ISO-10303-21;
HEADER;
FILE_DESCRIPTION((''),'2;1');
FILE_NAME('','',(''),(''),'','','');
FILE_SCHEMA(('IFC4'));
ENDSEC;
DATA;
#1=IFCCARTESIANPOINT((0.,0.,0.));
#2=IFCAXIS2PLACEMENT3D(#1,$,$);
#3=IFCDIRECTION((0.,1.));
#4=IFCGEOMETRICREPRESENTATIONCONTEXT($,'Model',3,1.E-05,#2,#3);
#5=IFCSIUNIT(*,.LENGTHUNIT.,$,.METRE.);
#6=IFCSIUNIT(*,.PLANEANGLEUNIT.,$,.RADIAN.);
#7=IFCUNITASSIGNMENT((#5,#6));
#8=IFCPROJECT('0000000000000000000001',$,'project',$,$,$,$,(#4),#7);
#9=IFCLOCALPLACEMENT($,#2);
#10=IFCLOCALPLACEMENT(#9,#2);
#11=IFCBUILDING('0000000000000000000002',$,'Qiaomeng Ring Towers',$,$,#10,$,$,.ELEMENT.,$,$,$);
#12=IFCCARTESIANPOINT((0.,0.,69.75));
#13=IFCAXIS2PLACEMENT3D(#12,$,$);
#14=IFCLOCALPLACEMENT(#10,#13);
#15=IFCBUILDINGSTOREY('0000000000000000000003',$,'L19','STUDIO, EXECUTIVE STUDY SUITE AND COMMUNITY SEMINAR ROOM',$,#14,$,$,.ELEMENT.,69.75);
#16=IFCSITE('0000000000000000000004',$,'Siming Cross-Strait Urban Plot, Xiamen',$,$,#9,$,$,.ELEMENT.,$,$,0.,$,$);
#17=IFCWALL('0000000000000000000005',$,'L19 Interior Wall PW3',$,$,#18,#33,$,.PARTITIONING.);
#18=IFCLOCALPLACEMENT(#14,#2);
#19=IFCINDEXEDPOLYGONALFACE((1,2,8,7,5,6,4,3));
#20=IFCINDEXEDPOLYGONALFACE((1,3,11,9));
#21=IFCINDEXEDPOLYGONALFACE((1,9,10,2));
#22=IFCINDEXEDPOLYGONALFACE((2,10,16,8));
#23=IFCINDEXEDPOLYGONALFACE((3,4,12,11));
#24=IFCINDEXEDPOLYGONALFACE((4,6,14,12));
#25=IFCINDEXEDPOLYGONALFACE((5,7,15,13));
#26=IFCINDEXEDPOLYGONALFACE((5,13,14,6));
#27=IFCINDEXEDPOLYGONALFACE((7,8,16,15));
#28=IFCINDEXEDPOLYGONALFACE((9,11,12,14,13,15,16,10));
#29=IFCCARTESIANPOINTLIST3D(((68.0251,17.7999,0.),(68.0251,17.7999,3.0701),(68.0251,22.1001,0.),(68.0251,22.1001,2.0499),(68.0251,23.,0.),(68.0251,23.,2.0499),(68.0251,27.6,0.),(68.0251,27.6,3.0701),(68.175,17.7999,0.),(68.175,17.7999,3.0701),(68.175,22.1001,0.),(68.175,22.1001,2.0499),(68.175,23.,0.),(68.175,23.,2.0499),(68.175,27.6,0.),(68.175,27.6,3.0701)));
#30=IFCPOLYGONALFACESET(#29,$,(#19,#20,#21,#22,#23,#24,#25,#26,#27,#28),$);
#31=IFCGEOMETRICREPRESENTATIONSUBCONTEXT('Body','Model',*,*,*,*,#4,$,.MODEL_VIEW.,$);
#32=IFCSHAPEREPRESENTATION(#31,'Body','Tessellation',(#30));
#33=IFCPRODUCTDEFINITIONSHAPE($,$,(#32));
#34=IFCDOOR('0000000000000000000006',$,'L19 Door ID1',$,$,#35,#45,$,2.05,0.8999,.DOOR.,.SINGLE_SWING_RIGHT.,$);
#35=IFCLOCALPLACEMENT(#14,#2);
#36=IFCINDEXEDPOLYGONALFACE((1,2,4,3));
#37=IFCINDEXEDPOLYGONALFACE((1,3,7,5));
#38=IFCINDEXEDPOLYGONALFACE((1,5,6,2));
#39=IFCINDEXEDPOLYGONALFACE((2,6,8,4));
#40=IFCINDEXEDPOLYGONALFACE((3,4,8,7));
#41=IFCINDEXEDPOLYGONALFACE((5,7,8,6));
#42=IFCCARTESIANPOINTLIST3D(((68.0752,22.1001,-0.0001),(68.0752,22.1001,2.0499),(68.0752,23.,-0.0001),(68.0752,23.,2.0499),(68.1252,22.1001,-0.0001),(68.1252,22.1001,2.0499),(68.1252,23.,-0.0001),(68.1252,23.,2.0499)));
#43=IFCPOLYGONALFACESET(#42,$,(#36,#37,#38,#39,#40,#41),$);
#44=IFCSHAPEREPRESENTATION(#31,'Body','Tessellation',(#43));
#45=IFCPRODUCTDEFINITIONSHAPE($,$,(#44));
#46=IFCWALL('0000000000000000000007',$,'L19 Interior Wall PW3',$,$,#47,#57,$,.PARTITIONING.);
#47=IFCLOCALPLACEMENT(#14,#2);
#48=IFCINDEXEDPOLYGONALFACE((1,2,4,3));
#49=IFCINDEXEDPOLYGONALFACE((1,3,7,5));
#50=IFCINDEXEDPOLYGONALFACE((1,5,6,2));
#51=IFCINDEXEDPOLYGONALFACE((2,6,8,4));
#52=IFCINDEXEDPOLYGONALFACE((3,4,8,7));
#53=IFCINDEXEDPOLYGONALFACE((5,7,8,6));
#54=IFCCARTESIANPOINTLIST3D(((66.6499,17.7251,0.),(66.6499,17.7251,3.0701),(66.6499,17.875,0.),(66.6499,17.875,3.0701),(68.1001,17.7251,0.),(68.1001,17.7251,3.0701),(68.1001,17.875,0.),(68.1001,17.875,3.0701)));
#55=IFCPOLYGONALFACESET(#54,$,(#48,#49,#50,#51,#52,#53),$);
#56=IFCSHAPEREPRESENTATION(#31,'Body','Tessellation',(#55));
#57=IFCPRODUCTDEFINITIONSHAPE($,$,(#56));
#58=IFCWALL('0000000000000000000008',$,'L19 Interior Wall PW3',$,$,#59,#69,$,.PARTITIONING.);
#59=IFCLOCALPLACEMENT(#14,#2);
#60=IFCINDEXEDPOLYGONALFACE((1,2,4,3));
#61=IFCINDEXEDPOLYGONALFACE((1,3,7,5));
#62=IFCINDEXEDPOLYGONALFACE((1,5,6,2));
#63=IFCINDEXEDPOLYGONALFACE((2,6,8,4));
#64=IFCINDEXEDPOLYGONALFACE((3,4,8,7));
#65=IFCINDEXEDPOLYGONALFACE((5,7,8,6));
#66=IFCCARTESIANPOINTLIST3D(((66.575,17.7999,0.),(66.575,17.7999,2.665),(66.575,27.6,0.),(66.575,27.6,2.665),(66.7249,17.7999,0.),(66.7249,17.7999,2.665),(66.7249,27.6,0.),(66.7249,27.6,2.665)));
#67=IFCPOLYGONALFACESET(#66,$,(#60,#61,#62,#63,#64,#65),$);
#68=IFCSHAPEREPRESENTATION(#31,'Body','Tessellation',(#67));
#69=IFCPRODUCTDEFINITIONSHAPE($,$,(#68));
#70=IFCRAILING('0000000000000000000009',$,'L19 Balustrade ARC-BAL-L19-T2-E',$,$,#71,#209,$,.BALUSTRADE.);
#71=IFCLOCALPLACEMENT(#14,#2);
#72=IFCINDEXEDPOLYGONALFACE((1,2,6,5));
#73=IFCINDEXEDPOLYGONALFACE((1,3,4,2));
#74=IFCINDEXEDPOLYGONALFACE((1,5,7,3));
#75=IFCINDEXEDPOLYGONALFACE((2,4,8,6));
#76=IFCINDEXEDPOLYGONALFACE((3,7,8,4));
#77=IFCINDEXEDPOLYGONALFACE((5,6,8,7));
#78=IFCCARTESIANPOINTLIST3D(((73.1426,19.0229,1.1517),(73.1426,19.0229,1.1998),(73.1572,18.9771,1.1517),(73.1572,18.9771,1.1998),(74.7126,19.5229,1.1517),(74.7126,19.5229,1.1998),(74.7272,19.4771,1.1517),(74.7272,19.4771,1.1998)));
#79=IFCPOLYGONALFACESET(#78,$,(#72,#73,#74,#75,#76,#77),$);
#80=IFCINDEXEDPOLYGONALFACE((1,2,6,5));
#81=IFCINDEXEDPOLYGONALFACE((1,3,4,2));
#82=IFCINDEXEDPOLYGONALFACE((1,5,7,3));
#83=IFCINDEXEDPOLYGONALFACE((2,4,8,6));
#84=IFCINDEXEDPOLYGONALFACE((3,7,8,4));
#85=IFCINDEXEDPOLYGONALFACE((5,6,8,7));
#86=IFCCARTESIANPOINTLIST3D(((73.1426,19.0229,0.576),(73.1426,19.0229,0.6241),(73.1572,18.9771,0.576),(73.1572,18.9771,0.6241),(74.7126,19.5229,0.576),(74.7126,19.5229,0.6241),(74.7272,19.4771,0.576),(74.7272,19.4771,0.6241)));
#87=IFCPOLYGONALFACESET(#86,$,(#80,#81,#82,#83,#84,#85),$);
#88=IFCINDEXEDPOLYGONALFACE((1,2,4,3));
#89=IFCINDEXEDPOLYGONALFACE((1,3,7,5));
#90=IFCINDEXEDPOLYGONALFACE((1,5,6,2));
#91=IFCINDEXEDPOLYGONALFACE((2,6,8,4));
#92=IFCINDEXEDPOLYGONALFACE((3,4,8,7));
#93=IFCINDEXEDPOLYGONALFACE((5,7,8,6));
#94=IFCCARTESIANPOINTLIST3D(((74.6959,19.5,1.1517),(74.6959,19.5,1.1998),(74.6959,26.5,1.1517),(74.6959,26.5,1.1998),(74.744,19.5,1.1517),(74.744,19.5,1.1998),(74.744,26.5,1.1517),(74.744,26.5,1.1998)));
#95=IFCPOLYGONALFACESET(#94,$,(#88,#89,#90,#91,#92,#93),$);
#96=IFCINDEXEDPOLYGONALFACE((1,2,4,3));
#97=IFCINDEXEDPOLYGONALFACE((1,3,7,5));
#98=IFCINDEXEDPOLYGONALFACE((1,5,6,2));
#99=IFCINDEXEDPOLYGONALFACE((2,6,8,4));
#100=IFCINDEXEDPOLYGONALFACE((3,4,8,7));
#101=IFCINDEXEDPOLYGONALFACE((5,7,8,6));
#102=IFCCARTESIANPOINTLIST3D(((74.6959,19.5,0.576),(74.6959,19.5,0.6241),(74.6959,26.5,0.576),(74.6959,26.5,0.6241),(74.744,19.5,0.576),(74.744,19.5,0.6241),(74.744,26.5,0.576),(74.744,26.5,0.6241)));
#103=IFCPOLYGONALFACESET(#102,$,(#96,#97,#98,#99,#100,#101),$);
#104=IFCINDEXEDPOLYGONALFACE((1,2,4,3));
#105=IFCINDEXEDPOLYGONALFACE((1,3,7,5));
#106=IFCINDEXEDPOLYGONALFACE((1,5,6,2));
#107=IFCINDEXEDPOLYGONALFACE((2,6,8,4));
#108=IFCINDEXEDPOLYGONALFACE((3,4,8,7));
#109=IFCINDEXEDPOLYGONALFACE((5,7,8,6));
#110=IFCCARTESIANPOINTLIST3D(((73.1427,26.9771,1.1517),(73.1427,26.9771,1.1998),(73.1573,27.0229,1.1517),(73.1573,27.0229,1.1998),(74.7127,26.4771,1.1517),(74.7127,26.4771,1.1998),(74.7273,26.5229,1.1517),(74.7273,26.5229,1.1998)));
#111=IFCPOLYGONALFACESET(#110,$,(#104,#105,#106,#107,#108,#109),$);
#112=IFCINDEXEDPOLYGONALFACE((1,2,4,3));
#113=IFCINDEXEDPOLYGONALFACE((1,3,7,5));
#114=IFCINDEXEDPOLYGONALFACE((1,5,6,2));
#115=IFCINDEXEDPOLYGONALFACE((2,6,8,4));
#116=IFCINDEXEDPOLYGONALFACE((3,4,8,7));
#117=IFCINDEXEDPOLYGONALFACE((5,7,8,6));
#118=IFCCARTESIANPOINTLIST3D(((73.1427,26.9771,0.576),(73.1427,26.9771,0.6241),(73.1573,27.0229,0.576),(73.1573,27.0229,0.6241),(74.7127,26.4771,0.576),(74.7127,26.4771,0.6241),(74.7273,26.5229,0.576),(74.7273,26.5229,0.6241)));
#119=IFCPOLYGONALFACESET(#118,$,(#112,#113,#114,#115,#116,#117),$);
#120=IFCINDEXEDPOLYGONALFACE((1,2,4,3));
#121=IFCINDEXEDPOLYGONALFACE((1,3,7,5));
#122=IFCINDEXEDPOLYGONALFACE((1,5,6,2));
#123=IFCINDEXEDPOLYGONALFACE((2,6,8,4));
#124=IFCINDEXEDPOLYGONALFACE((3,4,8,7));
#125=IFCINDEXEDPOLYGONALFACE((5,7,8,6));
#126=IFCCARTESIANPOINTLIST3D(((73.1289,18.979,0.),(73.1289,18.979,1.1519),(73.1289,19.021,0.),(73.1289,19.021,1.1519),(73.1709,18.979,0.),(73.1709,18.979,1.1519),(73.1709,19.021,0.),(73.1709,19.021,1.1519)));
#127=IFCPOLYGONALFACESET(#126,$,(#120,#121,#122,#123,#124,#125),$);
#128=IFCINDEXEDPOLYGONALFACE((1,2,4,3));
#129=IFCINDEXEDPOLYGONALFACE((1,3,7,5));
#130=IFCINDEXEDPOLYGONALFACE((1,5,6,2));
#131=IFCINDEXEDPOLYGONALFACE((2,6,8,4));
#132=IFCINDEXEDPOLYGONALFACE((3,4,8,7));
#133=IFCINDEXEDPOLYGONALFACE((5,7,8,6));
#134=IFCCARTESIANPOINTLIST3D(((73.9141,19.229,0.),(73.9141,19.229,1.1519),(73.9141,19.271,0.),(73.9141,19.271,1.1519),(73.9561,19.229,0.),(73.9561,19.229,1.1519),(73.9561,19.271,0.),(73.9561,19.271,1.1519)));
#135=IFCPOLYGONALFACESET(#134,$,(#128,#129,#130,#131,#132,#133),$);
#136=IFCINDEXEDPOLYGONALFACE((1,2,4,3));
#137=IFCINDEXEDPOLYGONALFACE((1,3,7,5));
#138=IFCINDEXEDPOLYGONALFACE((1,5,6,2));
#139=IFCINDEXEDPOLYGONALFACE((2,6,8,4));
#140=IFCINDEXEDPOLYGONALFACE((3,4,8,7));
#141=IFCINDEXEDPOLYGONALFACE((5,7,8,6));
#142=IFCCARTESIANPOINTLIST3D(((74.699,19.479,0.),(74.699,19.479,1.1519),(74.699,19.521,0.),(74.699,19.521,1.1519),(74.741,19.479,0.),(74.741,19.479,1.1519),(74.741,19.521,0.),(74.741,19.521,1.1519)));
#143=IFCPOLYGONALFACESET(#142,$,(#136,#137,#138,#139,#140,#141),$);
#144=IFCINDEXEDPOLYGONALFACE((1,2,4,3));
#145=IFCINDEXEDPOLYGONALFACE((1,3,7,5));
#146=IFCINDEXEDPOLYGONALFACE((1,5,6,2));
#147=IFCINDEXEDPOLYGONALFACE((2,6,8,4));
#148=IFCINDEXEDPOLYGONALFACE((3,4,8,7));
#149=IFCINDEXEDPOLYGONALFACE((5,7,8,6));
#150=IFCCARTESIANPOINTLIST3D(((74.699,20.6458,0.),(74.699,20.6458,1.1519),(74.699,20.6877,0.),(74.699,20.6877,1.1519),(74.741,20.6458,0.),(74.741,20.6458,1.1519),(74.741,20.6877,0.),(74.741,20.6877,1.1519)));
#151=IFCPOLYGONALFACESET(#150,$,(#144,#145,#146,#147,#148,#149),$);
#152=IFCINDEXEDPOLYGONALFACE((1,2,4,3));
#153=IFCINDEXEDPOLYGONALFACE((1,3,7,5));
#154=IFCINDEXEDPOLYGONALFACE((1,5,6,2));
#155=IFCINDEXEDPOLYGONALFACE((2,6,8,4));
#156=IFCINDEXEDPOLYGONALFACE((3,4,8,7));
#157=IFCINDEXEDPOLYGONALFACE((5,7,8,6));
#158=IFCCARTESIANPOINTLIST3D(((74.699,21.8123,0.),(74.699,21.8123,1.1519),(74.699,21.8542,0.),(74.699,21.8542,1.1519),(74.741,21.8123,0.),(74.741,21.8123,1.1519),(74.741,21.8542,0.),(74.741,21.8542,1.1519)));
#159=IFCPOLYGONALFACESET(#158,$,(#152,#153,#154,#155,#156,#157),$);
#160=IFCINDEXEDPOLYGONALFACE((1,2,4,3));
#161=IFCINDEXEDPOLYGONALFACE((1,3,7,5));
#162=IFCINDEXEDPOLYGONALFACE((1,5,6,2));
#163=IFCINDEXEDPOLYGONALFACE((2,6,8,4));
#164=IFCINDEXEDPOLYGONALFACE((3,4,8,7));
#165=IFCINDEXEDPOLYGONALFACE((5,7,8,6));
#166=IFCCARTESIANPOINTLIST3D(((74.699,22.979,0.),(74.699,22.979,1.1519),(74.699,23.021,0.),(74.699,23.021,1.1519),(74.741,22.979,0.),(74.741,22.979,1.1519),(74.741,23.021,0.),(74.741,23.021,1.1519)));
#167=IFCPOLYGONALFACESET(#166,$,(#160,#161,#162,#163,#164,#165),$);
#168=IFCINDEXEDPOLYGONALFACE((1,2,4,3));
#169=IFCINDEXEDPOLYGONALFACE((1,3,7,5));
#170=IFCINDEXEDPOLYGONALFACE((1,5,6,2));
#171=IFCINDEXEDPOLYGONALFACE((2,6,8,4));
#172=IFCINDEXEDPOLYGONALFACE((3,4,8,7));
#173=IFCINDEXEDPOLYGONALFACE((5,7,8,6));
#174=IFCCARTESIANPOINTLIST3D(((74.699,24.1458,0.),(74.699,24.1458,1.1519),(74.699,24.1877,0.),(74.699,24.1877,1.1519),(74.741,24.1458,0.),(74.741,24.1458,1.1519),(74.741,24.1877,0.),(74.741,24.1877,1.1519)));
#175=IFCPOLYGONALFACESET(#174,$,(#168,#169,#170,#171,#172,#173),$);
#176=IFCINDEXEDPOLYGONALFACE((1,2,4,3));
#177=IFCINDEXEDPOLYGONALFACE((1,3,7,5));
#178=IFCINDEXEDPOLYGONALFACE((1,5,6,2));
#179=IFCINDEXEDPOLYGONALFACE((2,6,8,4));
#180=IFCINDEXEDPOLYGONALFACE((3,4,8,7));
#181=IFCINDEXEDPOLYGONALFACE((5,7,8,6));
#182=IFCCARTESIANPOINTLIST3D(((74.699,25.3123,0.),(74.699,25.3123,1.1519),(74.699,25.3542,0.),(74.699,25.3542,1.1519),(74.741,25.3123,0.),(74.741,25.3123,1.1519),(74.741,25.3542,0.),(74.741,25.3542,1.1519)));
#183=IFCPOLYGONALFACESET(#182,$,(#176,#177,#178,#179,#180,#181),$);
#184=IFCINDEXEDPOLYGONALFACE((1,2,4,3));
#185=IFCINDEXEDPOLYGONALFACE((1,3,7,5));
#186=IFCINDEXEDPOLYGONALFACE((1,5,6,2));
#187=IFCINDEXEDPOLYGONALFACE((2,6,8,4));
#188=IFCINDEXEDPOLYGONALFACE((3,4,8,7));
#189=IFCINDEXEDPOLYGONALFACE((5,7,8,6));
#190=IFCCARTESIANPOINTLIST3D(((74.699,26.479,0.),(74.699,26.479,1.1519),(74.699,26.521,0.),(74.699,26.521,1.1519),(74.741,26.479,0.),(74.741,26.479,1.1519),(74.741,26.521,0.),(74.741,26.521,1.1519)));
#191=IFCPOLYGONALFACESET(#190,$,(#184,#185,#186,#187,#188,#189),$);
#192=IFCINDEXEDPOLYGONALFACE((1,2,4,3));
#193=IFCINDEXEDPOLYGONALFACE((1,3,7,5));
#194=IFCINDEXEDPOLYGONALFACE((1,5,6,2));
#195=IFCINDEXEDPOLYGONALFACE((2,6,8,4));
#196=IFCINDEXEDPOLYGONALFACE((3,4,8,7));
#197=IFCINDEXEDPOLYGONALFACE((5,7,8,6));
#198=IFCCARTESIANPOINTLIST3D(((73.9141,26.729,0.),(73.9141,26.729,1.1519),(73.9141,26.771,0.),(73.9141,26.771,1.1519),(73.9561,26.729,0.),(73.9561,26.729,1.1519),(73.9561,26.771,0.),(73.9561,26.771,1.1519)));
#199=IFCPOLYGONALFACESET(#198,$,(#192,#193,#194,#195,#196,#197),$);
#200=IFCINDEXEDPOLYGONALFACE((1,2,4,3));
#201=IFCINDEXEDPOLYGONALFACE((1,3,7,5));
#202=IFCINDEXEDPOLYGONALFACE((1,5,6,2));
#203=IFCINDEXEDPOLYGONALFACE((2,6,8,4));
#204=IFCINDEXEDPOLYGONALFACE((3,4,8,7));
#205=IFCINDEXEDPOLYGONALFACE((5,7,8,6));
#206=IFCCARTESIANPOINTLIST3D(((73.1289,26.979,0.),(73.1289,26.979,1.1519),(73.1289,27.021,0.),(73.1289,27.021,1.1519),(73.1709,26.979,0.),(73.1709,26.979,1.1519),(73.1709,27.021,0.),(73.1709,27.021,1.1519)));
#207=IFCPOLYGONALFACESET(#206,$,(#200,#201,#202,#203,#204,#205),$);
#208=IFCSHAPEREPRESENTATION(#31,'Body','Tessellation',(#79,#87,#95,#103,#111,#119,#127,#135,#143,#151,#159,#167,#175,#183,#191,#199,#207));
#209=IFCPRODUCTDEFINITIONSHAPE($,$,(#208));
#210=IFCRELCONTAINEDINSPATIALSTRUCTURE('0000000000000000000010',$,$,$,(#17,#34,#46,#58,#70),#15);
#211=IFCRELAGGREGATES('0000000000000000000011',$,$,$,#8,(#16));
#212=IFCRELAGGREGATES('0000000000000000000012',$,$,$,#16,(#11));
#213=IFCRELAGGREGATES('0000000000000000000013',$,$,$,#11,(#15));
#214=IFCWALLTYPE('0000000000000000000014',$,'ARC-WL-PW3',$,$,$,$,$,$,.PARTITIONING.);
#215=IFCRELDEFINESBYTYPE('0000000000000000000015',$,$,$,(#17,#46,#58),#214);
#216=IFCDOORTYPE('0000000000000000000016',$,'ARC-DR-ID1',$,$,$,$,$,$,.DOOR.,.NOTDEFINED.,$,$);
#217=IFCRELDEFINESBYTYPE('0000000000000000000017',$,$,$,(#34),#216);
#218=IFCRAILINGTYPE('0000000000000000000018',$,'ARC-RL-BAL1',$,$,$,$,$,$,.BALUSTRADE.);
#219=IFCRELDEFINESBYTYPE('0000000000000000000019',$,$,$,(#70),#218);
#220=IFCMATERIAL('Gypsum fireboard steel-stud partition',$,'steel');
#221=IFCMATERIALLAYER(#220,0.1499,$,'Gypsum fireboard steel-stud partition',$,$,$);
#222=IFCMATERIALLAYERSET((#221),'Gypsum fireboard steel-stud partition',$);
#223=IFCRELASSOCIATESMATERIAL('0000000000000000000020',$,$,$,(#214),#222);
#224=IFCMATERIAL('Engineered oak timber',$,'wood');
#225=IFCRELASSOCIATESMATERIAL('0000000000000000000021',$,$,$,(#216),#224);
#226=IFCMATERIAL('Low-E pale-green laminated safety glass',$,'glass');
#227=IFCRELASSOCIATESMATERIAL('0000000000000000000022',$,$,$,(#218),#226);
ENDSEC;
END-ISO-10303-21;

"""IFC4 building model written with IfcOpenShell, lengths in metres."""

from ifc_helpers import new_model, si_unit, direction, frame, frame_2d, origin, origin_2d, place, context, subcontext, project, spatial, rectangle, extrude, source, transform, mapped, material, layer, layer_set, type_object, element, fill, save


model = new_model("IFC4")

# Units and contexts
model_context = context("Model", 3, precision=1e-05, world=origin(), true_north=direction((0.0, 1.0)))
body_context = subcontext(model_context, "Body", "Model", "MODEL_VIEW")
ifc_project = project(units=[si_unit("LENGTHUNIT", "METRE"), si_unit("PLANEANGLEUNIT", "RADIAN")], contexts=[model_context])

# Site, building, storey
site_placement = place(None, origin())
site = spatial("IfcSite", under=ifc_project, at=site_placement, Name="Siming Cross-Strait Urban Plot, Xiamen", CompositionType="ELEMENT", RefElevation=0.0)
building_placement = place(site_placement, origin())
building = spatial("IfcBuilding", under=site, at=building_placement, Name="Qiaomeng Ring Towers", CompositionType="ELEMENT")
storey_placement = place(building_placement, frame((0.0, 0.0, 69.75)))
storey = spatial("IfcBuildingStorey", under=building, at=storey_placement, Name="L19", Description="STUDIO, EXECUTIVE STUDY SUITE AND COMMUNITY SEMINAR ROOM", CompositionType="ELEMENT", Elevation=69.75)

# Shared definitions
ifc_material_1 = material(Name="Gypsum fireboard steel-stud partition", Category="steel")
ifc_layer_1 = layer(ifc_material_1, 0.1499, Name="Gypsum fireboard steel-stud partition")
ifc_layer_set_1 = layer_set([ifc_layer_1], Name="Gypsum fireboard steel-stud partition")
wall_type_1 = type_object("IfcWallType", Name="ARC-WL-PW3", PredefinedType="PARTITIONING", material=ifc_layer_set_1)

# Wall, opening, door
wall_1_placement = place(storey_placement, frame((68.1001, 17.8, 0.0), z_axis=(0.0, 0.0, 1.0), x_axis=(0.0, 1.0, 0.0)))
wall_1 = element("IfcWall", 1, at=wall_1_placement, inside=storey, type_object=wall_type_1, Name="L19 Interior Wall PW3", PredefinedType="PARTITIONING", context=body_context, shape_type="SweptSolid", body=[
    extrude(rectangle(XDim=9.8, YDim=0.1499, at=frame_2d((4.8999, 0.0))), origin(), (0.0, 0.0, 1.0), 3.0701),
])
opening_1_placement = place(wall_1_placement, frame((4.3, 0.0, 0.0)))
opening_1 = element("IfcOpeningElement", 2, at=opening_1_placement, cuts=wall_1, PredefinedType="OPENING", context=body_context, shape_type="SweptSolid", body=[
    extrude(rectangle(XDim=0.8999, YDim=2.05, at=frame_2d((0.45, 1.0249))), frame((0.0, 0.085, 0.0), z_axis=(0.0, -1.0, 0.0), x_axis=(1.0, 0.0, 0.0)), (0.0, 0.0, 1.0), 0.1699),
])
ifc_material_2 = material(Name="Engineered oak timber", Category="wood")
door_type_1 = type_object("IfcDoorType", Name="ARC-DR-ID1", OperationType="NOTDEFINED", PredefinedType="DOOR", material=ifc_material_2)
shared_shape_1 = source(origin(), body_context, "Body", "SweptSolid", [
    extrude(rectangle(XDim=0.8999, YDim=2.05, at=frame_2d((0.45, 1.0249))), frame((0.0, 0.0249, 0.0), z_axis=(0.0, -1.0, 0.0), x_axis=(1.0, 0.0, 0.0)), (0.0, 0.0, 1.0), 0.05),
])
door_1_placement = place(opening_1_placement, origin())
door_1 = element("IfcDoor", 3, at=door_1_placement, inside=storey, type_object=door_type_1, Name="L19 Door ID1", OperationType="SINGLE_SWING_RIGHT", OverallHeight=2.05, OverallWidth=0.8999, PredefinedType="DOOR", context=body_context, shape_type="MappedRepresentation", body=[
    mapped(shared_shape_1, transform((0.0, 0.0, 0.0), x_axis=(1.0, 0.0, 0.0), y_axis=(0.0, 1.0, 0.0), z_axis=(0.0, 0.0, 1.0), scale=1.0)),
])
fill(opening_1, door_1)

# Walls
wall_2_placement = place(storey_placement, frame((66.6499, 17.8, 0.0), z_axis=(0.0, 0.0, 1.0), x_axis=(1.0, 0.0, 0.0)))
element("IfcWall", 4, at=wall_2_placement, inside=storey, type_object=wall_type_1, Name="L19 Interior Wall PW3", PredefinedType="PARTITIONING", context=body_context, shape_type="SweptSolid", body=[
    extrude(rectangle(XDim=1.4502, YDim=0.1499, at=frame_2d((0.7251, 0.0))), origin(), (0.0, 0.0, 1.0), 3.0701),
])
wall_3_placement = place(storey_placement, frame((66.6499, 17.8, 0.0), z_axis=(0.0, 0.0, 1.0), x_axis=(0.0, 1.0, 0.0)))
element("IfcWall", 5, at=wall_3_placement, inside=storey, type_object=wall_type_1, Name="L19 Interior Wall PW3", PredefinedType="PARTITIONING", context=body_context, shape_type="SweptSolid", body=[
    extrude(rectangle(XDim=9.8, YDim=0.1499, at=frame_2d((4.8999, 0.0))), origin(), (0.0, 0.0, 1.0), 2.665),
])

# Railing
ifc_material_3 = material(Name="Low-E pale-green laminated safety glass", Category="glass")
railing_type = type_object("IfcRailingType", Name="ARC-RL-BAL1", PredefinedType="BALUSTRADE", material=ifc_material_3)
railing_placement = place(storey_placement, frame((73.1499, 19.0, 0.0)))
element("IfcRailing", 6, at=railing_placement, inside=storey, type_object=railing_type, Name="L19 Balustrade ARC-BAL-L19-T2-E", PredefinedType="BALUSTRADE", context=body_context, shape_type="SweptSolid", body=[
    extrude(rectangle(XDim=0.0481, YDim=0.0481, at=origin_2d()), frame((0.0, 0.0, 1.1758), z_axis=(0.95285, 0.303442, 0.0), x_axis=(-0.303442, 0.95285, 0.0)), (0.0, 0.0, 1.0), 1.6477),
    extrude(rectangle(XDim=0.0481, YDim=0.0481, at=origin_2d()), frame((0.0, 0.0, 0.6001), z_axis=(0.95285, 0.303442, 0.0), x_axis=(-0.303442, 0.95285, 0.0)), (0.0, 0.0, 1.0), 1.6477),
    extrude(rectangle(XDim=0.0481, YDim=0.0481, at=origin_2d()), frame((1.5701, 0.5, 1.1758), z_axis=(0.0, 1.0, 0.0), x_axis=(-1.0, 0.0, 0.0)), (0.0, 0.0, 1.0), 7.0),
    extrude(rectangle(XDim=0.0481, YDim=0.0481, at=origin_2d()), frame((1.5701, 0.5, 0.6001), z_axis=(0.0, 1.0, 0.0), x_axis=(-1.0, 0.0, 0.0)), (0.0, 0.0, 1.0), 7.0),
    extrude(rectangle(XDim=0.0481, YDim=0.0481, at=origin_2d()), frame((1.5701, 7.5, 1.1758), z_axis=(-0.95285, 0.303442, 0.0), x_axis=(-0.303442, -0.95285, 0.0)), (0.0, 0.0, 1.0), 1.6477),
    extrude(rectangle(XDim=0.0481, YDim=0.0481, at=origin_2d()), frame((1.5701, 7.5, 0.6001), z_axis=(-0.95285, 0.303442, 0.0), x_axis=(-0.303442, -0.95285, 0.0)), (0.0, 0.0, 1.0), 1.6477),
    extrude(rectangle(XDim=0.042, YDim=0.042, at=origin_2d()), origin(), (0.0, 0.0, 1.0), 1.1519),
    extrude(rectangle(XDim=0.042, YDim=0.042, at=origin_2d()), frame((0.7852, 0.25, 0.0)), (0.0, 0.0, 1.0), 1.1519),
    extrude(rectangle(XDim=0.042, YDim=0.042, at=origin_2d()), frame((1.5701, 0.5, 0.0)), (0.0, 0.0, 1.0), 1.1519),
    extrude(rectangle(XDim=0.042, YDim=0.042, at=origin_2d()), frame((1.5701, 1.6667, 0.0)), (0.0, 0.0, 1.0), 1.1519),
    extrude(rectangle(XDim=0.042, YDim=0.042, at=origin_2d()), frame((1.5701, 2.8333, 0.0)), (0.0, 0.0, 1.0), 1.1519),
    extrude(rectangle(XDim=0.042, YDim=0.042, at=origin_2d()), frame((1.5701, 4.0, 0.0)), (0.0, 0.0, 1.0), 1.1519),
    extrude(rectangle(XDim=0.042, YDim=0.042, at=origin_2d()), frame((1.5701, 5.1667, 0.0)), (0.0, 0.0, 1.0), 1.1519),
    extrude(rectangle(XDim=0.042, YDim=0.042, at=origin_2d()), frame((1.5701, 6.3333, 0.0)), (0.0, 0.0, 1.0), 1.1519),
    extrude(rectangle(XDim=0.042, YDim=0.042, at=origin_2d()), frame((1.5701, 7.5, 0.0)), (0.0, 0.0, 1.0), 1.1519),
    extrude(rectangle(XDim=0.042, YDim=0.042, at=origin_2d()), frame((0.7852, 7.75, 0.0)), (0.0, 0.0, 1.0), 1.1519),
    extrude(rectangle(XDim=0.042, YDim=0.042, at=origin_2d()), frame((0.0, 8.0, 0.0)), (0.0, 0.0, 1.0), 1.1519),
])

save(model, "model.ifc")
